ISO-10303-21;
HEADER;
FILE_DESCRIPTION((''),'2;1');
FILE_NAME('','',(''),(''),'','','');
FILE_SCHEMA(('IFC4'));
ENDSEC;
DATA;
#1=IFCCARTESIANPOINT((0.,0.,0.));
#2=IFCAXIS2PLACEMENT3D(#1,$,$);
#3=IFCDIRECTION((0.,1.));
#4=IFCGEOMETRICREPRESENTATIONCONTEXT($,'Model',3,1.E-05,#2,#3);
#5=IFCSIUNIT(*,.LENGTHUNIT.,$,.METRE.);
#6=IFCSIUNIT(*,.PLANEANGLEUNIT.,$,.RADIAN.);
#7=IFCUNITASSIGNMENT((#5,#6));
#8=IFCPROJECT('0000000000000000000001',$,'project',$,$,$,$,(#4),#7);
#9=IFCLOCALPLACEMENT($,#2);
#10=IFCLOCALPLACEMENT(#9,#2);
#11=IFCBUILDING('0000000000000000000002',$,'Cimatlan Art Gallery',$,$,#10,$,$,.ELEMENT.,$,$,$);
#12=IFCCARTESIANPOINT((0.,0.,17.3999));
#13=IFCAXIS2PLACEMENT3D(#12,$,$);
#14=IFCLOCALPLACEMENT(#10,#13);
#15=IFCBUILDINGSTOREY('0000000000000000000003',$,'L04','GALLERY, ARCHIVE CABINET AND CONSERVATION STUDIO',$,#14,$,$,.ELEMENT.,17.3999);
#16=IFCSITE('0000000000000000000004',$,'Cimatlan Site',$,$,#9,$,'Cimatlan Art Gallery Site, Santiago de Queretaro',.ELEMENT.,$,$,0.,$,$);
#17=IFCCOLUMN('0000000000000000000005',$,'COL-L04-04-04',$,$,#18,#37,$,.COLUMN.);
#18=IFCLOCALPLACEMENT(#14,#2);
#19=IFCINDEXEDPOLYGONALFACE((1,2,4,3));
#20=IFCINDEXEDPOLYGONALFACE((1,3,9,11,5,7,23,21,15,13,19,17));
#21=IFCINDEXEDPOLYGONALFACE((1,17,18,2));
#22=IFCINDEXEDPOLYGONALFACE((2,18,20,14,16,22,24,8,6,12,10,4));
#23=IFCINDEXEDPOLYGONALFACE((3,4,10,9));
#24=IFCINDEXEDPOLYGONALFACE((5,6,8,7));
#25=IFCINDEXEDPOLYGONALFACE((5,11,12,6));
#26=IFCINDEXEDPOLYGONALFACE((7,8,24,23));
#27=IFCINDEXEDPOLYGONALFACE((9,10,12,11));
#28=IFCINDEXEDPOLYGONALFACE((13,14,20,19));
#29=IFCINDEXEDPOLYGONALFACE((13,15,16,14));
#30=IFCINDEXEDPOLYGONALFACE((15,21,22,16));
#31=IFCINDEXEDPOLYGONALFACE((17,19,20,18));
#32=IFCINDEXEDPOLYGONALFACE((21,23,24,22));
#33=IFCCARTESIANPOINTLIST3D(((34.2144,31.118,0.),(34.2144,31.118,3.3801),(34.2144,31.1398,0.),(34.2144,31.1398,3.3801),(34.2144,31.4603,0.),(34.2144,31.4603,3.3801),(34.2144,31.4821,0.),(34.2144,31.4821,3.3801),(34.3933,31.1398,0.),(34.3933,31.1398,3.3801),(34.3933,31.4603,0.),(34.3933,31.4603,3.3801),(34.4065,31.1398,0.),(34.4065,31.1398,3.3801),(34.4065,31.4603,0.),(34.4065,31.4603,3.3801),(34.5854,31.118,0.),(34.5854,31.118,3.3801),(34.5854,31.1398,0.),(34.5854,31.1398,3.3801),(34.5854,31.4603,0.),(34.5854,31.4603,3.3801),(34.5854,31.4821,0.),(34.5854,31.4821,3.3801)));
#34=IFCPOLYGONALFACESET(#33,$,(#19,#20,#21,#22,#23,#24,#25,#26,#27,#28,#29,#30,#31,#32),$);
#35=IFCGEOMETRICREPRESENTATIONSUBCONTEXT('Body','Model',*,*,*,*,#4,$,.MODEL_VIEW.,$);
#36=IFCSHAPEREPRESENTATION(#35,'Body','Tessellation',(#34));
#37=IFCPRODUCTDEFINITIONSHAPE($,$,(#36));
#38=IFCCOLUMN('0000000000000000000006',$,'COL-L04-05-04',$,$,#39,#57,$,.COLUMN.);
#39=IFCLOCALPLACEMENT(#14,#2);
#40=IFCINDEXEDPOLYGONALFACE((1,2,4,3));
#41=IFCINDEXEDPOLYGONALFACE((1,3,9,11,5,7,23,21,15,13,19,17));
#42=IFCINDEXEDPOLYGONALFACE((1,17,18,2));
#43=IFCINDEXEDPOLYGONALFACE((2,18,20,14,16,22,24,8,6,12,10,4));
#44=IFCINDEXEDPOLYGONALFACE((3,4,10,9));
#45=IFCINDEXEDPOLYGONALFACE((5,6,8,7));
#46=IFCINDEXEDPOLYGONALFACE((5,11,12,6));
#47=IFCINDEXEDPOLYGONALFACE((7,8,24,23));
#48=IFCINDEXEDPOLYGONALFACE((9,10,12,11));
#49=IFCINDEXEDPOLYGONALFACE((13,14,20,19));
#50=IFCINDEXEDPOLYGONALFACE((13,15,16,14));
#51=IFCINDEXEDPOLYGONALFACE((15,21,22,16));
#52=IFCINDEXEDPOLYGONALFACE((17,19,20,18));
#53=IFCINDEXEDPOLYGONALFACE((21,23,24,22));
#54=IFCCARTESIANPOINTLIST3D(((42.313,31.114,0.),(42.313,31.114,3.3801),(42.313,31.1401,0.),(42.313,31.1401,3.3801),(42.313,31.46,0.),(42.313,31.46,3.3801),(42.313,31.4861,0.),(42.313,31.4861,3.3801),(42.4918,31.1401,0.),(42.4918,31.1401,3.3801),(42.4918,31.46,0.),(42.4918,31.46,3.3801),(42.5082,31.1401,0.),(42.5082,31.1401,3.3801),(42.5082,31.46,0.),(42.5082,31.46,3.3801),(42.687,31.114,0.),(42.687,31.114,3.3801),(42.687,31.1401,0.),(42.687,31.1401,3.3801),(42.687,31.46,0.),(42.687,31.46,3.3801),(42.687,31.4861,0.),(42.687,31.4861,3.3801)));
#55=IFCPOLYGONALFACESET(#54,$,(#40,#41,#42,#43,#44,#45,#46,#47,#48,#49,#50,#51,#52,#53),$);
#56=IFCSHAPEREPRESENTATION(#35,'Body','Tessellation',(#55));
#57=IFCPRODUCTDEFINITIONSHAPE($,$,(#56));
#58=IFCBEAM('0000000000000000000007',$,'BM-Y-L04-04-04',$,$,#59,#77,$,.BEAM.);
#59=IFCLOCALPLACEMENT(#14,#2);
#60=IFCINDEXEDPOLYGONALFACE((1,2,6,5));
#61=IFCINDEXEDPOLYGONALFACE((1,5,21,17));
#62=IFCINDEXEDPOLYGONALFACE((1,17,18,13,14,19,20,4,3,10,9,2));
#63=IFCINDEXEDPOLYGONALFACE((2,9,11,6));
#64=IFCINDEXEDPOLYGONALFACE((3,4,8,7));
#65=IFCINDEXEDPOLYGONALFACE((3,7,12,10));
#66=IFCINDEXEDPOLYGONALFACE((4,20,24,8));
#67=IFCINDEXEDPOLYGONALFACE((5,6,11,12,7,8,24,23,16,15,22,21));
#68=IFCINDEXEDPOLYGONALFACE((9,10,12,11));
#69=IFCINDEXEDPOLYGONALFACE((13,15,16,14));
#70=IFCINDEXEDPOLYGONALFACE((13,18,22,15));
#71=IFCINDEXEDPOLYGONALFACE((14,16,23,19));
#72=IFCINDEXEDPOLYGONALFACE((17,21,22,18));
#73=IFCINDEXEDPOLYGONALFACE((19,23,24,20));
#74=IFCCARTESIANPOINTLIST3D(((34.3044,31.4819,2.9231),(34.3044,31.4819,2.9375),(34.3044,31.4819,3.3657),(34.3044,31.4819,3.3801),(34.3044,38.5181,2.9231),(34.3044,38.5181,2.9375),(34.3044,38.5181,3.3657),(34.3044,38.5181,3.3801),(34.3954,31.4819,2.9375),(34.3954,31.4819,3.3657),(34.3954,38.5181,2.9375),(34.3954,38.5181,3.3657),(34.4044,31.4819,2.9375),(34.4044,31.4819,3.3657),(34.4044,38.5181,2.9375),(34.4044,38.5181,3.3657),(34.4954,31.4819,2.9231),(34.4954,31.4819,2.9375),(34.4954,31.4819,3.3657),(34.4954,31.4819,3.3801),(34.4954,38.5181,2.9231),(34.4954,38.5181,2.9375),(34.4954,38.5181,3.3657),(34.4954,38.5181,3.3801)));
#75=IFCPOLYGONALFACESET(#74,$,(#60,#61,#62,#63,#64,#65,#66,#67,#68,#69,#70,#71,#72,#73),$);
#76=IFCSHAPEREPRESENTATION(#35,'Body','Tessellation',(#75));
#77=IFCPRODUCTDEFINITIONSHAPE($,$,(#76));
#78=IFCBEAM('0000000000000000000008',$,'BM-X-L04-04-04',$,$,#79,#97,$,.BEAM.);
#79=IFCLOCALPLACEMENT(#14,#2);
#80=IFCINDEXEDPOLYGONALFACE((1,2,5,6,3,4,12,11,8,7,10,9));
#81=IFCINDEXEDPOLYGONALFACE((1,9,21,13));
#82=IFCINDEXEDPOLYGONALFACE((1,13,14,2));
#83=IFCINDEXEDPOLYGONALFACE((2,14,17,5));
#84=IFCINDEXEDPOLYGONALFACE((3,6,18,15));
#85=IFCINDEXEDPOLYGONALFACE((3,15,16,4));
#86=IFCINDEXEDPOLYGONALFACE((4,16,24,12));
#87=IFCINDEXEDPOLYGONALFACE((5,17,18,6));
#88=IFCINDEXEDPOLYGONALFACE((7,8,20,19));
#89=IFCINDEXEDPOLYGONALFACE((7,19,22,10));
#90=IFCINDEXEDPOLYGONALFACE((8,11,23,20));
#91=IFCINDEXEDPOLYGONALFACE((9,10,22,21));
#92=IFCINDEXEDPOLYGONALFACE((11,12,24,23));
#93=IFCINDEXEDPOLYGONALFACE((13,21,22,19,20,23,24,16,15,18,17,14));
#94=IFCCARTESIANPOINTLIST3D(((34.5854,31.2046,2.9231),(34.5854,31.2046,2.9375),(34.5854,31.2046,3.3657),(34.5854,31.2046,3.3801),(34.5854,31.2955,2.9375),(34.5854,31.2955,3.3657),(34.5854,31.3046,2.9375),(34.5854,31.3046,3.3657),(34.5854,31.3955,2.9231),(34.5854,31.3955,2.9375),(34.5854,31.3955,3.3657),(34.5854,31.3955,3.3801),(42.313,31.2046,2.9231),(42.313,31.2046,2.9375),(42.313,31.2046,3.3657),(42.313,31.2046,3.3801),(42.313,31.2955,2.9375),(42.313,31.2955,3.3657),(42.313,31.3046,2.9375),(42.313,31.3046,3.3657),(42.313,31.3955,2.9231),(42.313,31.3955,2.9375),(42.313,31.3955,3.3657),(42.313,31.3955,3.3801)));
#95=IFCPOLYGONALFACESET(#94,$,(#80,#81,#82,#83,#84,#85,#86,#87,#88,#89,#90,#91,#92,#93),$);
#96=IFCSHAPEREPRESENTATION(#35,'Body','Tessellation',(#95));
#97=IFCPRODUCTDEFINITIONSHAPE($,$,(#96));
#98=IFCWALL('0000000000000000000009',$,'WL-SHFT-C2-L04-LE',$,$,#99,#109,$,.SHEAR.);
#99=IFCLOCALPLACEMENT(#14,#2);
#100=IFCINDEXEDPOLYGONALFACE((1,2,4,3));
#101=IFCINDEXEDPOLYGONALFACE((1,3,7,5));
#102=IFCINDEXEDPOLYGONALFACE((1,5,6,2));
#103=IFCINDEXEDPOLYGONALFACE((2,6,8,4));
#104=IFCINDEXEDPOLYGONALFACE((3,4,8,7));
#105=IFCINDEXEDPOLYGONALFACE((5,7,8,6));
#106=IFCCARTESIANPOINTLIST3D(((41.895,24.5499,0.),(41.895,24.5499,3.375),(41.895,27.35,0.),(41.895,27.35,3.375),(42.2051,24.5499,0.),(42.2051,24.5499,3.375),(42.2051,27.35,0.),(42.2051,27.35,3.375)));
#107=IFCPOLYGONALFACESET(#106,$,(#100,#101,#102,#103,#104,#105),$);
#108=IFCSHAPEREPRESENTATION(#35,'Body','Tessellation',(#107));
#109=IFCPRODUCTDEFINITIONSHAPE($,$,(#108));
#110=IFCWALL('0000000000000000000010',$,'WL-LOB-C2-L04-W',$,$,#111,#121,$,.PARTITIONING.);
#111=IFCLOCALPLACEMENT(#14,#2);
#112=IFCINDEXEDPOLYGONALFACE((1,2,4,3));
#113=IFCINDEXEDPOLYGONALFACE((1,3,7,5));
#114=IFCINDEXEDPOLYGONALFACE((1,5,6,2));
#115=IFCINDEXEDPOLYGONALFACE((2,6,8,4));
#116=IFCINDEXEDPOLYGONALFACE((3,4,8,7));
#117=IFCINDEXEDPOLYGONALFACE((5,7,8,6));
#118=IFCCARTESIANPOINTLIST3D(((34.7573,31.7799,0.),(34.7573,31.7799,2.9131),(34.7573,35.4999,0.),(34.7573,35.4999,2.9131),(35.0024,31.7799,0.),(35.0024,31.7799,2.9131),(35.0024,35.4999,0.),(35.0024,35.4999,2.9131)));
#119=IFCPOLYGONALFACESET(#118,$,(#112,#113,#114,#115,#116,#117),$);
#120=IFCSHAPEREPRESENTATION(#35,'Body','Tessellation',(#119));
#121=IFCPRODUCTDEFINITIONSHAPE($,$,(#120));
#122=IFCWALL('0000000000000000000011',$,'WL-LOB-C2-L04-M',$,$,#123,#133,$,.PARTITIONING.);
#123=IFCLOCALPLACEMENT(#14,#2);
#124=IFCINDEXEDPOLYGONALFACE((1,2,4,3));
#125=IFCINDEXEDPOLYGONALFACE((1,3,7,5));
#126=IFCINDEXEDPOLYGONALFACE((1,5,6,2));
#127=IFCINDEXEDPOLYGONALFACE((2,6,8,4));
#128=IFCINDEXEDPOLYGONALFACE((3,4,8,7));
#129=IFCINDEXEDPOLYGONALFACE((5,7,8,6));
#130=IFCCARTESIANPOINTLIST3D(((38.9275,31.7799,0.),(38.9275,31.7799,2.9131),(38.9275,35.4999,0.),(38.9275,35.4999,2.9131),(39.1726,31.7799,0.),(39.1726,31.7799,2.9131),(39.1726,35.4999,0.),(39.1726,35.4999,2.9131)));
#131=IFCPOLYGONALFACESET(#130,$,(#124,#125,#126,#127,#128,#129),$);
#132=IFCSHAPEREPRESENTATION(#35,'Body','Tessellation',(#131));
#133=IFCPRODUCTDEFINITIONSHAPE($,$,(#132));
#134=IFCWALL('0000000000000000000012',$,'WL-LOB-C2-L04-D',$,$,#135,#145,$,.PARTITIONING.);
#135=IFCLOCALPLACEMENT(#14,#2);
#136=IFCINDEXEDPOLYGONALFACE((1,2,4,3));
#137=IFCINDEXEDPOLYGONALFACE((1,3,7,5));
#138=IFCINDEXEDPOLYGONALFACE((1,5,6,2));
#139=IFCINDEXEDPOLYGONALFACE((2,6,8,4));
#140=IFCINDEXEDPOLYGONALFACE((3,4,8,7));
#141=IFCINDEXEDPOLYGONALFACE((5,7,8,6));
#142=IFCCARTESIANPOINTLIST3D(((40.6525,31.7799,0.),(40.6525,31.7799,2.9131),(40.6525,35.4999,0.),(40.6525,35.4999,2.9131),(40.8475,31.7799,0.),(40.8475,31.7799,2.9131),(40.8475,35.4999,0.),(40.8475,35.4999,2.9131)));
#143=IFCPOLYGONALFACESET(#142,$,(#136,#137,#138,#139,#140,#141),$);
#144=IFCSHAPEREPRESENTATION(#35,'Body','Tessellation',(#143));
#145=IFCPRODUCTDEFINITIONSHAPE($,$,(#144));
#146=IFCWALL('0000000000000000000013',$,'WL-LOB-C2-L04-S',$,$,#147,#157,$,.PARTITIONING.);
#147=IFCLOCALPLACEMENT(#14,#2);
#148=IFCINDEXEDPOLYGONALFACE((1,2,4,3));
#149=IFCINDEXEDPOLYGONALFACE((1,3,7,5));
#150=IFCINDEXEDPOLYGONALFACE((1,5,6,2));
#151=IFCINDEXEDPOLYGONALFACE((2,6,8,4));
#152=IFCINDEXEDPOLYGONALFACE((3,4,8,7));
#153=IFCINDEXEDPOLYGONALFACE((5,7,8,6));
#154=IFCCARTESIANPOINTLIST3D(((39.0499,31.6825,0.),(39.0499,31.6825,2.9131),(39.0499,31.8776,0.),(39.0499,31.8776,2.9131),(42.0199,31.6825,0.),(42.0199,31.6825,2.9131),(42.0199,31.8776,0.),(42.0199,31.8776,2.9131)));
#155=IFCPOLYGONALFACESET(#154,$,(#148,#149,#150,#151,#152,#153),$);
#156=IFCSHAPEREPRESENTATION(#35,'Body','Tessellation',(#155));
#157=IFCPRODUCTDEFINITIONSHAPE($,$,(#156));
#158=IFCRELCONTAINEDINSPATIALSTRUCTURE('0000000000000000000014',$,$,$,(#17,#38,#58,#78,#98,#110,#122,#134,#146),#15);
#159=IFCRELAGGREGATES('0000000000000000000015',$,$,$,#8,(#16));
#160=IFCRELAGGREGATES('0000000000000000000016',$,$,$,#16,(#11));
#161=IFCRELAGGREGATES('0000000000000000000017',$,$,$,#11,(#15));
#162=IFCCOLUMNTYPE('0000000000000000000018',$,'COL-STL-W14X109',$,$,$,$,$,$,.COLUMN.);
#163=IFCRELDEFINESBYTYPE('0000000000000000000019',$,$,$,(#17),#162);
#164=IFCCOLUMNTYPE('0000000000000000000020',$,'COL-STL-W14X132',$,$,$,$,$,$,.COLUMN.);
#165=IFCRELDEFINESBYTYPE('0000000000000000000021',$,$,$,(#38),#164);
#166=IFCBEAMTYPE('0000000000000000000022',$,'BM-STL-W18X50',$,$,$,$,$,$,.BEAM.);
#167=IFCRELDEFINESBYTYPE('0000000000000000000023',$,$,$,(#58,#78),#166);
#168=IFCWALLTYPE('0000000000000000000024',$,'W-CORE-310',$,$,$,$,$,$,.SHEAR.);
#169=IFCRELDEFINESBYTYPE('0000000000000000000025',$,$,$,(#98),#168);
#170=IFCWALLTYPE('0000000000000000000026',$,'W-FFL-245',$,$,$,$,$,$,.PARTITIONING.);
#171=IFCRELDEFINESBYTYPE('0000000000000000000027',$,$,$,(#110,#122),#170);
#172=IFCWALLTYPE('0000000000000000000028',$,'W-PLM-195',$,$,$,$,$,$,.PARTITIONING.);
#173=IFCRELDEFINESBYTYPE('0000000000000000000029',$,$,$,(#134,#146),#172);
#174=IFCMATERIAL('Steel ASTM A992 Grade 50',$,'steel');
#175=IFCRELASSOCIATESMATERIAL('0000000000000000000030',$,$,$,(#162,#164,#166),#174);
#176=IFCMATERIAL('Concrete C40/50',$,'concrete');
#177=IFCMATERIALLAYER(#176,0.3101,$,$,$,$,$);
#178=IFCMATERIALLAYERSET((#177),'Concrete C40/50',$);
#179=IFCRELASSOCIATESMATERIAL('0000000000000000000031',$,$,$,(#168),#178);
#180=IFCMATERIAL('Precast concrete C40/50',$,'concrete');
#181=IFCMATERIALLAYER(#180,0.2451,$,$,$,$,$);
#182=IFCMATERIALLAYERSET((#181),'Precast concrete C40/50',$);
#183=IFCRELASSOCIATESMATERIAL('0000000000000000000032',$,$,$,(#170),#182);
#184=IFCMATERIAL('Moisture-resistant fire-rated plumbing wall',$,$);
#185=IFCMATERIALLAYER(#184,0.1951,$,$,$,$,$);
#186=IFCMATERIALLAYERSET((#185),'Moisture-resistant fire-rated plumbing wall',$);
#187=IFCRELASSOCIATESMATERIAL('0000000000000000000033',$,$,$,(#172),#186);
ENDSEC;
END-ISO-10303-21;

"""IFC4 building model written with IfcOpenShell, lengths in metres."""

from ifc_helpers import new_model, si_unit, direction, frame, frame_2d, origin, origin_2d, place, context, subcontext, project, spatial, rectangle, i_section, extrude, material, layer, layer_set, material_profile, profile_set, type_object, element, save


model = new_model("IFC4")

# Units and contexts
model_context = context("Model", 3, precision=1e-05, world=origin(), true_north=direction((0.0, 1.0)))
body_context = subcontext(model_context, "Body", "Model", "MODEL_VIEW")
ifc_project = project(units=[si_unit("LENGTHUNIT", "METRE"), si_unit("PLANEANGLEUNIT", "RADIAN")], contexts=[model_context])

# Site, building, storey
site_placement = place(None, origin())
site = spatial("IfcSite", under=ifc_project, at=site_placement, Name="Cimatlan Site", LongName="Cimatlan Art Gallery Site, Santiago de Queretaro", CompositionType="ELEMENT", RefElevation=0.0)
building_placement = place(site_placement, origin())
building = spatial("IfcBuilding", under=site, at=building_placement, Name="Cimatlan Art Gallery", CompositionType="ELEMENT")
storey_placement = place(building_placement, frame((0.0, 0.0, 17.3999)))
storey = spatial("IfcBuildingStorey", under=building, at=storey_placement, Name="L04", Description="GALLERY, ARCHIVE CABINET AND CONSERVATION STUDIO", CompositionType="ELEMENT", Elevation=17.3999)

# Columns
ifc_material_1 = material(Name="Steel ASTM A992 Grade 50", Category="steel")
ifc_material_profile_1 = material_profile(ifc_material_1, i_section(OverallWidth=0.3711, OverallDepth=0.364, WebThickness=0.0132, FlangeThickness=0.0217, at=origin_2d()), Name="W14X109")
ifc_profile_set_1 = profile_set([ifc_material_profile_1], Name="Steel ASTM A992 Grade 50")
column_type_1 = type_object("IfcColumnType", Name="COL-STL-W14X109", PredefinedType="COLUMN", material=ifc_profile_set_1)
column_1_placement = place(storey_placement, frame((34.3999, 31.3, 0.0), z_axis=(0.0, 0.0, 1.0), x_axis=(1.0, 0.0, 0.0)))
element("IfcColumn", 1, at=column_1_placement, inside=storey, type_object=column_type_1, Name="COL-L04-04-04", PredefinedType="COLUMN", context=body_context, shape_type="SweptSolid", body=[
    extrude(i_section(OverallWidth=0.3711, OverallDepth=0.364, WebThickness=0.0132, FlangeThickness=0.0217, at=origin_2d()), origin(), (0.0, 0.0, 1.0), 3.3801),
])
ifc_material_profile_2 = material_profile(ifc_material_1, i_section(OverallWidth=0.374, OverallDepth=0.3721, WebThickness=0.0164, FlangeThickness=0.0261, at=origin_2d()), Name="W14X132")
ifc_profile_set_2 = profile_set([ifc_material_profile_2], Name="Steel ASTM A992 Grade 50")
column_type_2 = type_object("IfcColumnType", Name="COL-STL-W14X132", PredefinedType="COLUMN", material=ifc_profile_set_2)
column_2_placement = place(storey_placement, frame((42.5, 31.3, 0.0), z_axis=(0.0, 0.0, 1.0), x_axis=(1.0, 0.0, 0.0)))
element("IfcColumn", 2, at=column_2_placement, inside=storey, type_object=column_type_2, Name="COL-L04-05-04", PredefinedType="COLUMN", context=body_context, shape_type="SweptSolid", body=[
    extrude(i_section(OverallWidth=0.374, OverallDepth=0.3721, WebThickness=0.0164, FlangeThickness=0.0261, at=origin_2d()), origin(), (0.0, 0.0, 1.0), 3.3801),
])

# Beams
ifc_material_profile_3 = material_profile(ifc_material_1, i_section(OverallWidth=0.1909, OverallDepth=0.457, WebThickness=0.009, FlangeThickness=0.0144, at=origin_2d()), Name="W18X50")
ifc_profile_set_3 = profile_set([ifc_material_profile_3], Name="Steel ASTM A992 Grade 50")
beam_type = type_object("IfcBeamType", Name="BM-STL-W18X50", PredefinedType="BEAM", material=ifc_profile_set_3)
beam_1_placement = place(storey_placement, frame((34.3999, 31.4819, 3.1516), z_axis=(0.0, 1.0, 0.0), x_axis=(-1.0, 0.0, 0.0)))
element("IfcBeam", 3, at=beam_1_placement, inside=storey, type_object=beam_type, Name="BM-Y-L04-04-04", PredefinedType="BEAM", context=body_context, shape_type="SweptSolid", body=[
    extrude(i_section(OverallWidth=0.1909, OverallDepth=0.457, WebThickness=0.009, FlangeThickness=0.0144, at=origin_2d()), origin(), (0.0, 0.0, 1.0), 7.0361),
])
beam_2_placement = place(storey_placement, frame((34.5854, 31.3, 3.1516), z_axis=(1.0, 0.0, 0.0), x_axis=(0.0, 1.0, 0.0)))
element("IfcBeam", 4, at=beam_2_placement, inside=storey, type_object=beam_type, Name="BM-X-L04-04-04", PredefinedType="BEAM", context=body_context, shape_type="SweptSolid", body=[
    extrude(i_section(OverallWidth=0.1909, OverallDepth=0.457, WebThickness=0.009, FlangeThickness=0.0144, at=origin_2d()), origin(), (0.0, 0.0, 1.0), 7.7275),
])

# Wall
ifc_material_2 = material(Name="Concrete C40/50", Category="concrete")
ifc_layer_1 = layer(ifc_material_2, 0.3101)
ifc_layer_set_1 = layer_set([ifc_layer_1], Name="Concrete C40/50")
wall_type_1 = type_object("IfcWallType", Name="W-CORE-310", PredefinedType="SHEAR", material=ifc_layer_set_1)
wall_1_placement = place(storey_placement, frame((42.05, 24.55, 0.0), z_axis=(0.0, 0.0, 1.0), x_axis=(0.0, 1.0, 0.0)))
element("IfcWall", 5, at=wall_1_placement, inside=storey, type_object=wall_type_1, Name="WL-SHFT-C2-L04-LE", PredefinedType="SHEAR", context=body_context, shape_type="SweptSolid", body=[
    extrude(rectangle(XDim=2.8, YDim=0.3101, at=frame_2d((1.3999, 0.0))), origin(), (0.0, 0.0, 1.0), 3.375),
])

# Walls
ifc_material_3 = material(Name="Precast concrete C40/50", Category="concrete")
ifc_layer_2 = layer(ifc_material_3, 0.2451)
ifc_layer_set_2 = layer_set([ifc_layer_2], Name="Precast concrete C40/50")
wall_type_2 = type_object("IfcWallType", Name="W-FFL-245", PredefinedType="PARTITIONING", material=ifc_layer_set_2)
for number, where, z_axis, x_axis, name in (
    (6, (34.8799, 31.78, 0.0), (0.0, 0.0, 1.0), (0.0, 1.0, 0.0), "WL-LOB-C2-L04-W"),
    (7, (39.05, 31.78, 0.0), (0.0, 0.0, 1.0), (0.0, 1.0, 0.0), "WL-LOB-C2-L04-M"),
):
    element("IfcWall", number, at=place(storey_placement, frame(where, z_axis=z_axis, x_axis=x_axis)), inside=storey, type_object=wall_type_2, Name=name, PredefinedType="PARTITIONING", context=body_context, shape_type="SweptSolid", body=[
        extrude(rectangle(XDim=3.72, YDim=0.2451, at=frame_2d((1.8599, 0.0))), origin(), (0.0, 0.0, 1.0), 2.9131),
    ])
ifc_material_4 = material(Name="Moisture-resistant fire-rated plumbing wall")
ifc_layer_3 = layer(ifc_material_4, 0.1951)
ifc_layer_set_3 = layer_set([ifc_layer_3], Name="Moisture-resistant fire-rated plumbing wall")
wall_type_3 = type_object("IfcWallType", Name="W-PLM-195", PredefinedType="PARTITIONING", material=ifc_layer_set_3)
wall_2_placement = place(storey_placement, frame((40.75, 31.78, 0.0), z_axis=(0.0, 0.0, 1.0), x_axis=(0.0, 1.0, 0.0)))
element("IfcWall", 8, at=wall_2_placement, inside=storey, type_object=wall_type_3, Name="WL-LOB-C2-L04-D", PredefinedType="PARTITIONING", context=body_context, shape_type="SweptSolid", body=[
    extrude(rectangle(XDim=3.72, YDim=0.1951, at=frame_2d((1.8599, 0.0))), origin(), (0.0, 0.0, 1.0), 2.9131),
])
wall_3_placement = place(storey_placement, frame((39.05, 31.78, 0.0), z_axis=(0.0, 0.0, 1.0), x_axis=(1.0, 0.0, 0.0)))
element("IfcWall", 9, at=wall_3_placement, inside=storey, type_object=wall_type_3, Name="WL-LOB-C2-L04-S", PredefinedType="PARTITIONING", context=body_context, shape_type="SweptSolid", body=[
    extrude(rectangle(XDim=2.97, YDim=0.1951, at=frame_2d((1.4849, 0.0))), origin(), (0.0, 0.0, 1.0), 2.9131),
])

save(model, "model.ifc")
